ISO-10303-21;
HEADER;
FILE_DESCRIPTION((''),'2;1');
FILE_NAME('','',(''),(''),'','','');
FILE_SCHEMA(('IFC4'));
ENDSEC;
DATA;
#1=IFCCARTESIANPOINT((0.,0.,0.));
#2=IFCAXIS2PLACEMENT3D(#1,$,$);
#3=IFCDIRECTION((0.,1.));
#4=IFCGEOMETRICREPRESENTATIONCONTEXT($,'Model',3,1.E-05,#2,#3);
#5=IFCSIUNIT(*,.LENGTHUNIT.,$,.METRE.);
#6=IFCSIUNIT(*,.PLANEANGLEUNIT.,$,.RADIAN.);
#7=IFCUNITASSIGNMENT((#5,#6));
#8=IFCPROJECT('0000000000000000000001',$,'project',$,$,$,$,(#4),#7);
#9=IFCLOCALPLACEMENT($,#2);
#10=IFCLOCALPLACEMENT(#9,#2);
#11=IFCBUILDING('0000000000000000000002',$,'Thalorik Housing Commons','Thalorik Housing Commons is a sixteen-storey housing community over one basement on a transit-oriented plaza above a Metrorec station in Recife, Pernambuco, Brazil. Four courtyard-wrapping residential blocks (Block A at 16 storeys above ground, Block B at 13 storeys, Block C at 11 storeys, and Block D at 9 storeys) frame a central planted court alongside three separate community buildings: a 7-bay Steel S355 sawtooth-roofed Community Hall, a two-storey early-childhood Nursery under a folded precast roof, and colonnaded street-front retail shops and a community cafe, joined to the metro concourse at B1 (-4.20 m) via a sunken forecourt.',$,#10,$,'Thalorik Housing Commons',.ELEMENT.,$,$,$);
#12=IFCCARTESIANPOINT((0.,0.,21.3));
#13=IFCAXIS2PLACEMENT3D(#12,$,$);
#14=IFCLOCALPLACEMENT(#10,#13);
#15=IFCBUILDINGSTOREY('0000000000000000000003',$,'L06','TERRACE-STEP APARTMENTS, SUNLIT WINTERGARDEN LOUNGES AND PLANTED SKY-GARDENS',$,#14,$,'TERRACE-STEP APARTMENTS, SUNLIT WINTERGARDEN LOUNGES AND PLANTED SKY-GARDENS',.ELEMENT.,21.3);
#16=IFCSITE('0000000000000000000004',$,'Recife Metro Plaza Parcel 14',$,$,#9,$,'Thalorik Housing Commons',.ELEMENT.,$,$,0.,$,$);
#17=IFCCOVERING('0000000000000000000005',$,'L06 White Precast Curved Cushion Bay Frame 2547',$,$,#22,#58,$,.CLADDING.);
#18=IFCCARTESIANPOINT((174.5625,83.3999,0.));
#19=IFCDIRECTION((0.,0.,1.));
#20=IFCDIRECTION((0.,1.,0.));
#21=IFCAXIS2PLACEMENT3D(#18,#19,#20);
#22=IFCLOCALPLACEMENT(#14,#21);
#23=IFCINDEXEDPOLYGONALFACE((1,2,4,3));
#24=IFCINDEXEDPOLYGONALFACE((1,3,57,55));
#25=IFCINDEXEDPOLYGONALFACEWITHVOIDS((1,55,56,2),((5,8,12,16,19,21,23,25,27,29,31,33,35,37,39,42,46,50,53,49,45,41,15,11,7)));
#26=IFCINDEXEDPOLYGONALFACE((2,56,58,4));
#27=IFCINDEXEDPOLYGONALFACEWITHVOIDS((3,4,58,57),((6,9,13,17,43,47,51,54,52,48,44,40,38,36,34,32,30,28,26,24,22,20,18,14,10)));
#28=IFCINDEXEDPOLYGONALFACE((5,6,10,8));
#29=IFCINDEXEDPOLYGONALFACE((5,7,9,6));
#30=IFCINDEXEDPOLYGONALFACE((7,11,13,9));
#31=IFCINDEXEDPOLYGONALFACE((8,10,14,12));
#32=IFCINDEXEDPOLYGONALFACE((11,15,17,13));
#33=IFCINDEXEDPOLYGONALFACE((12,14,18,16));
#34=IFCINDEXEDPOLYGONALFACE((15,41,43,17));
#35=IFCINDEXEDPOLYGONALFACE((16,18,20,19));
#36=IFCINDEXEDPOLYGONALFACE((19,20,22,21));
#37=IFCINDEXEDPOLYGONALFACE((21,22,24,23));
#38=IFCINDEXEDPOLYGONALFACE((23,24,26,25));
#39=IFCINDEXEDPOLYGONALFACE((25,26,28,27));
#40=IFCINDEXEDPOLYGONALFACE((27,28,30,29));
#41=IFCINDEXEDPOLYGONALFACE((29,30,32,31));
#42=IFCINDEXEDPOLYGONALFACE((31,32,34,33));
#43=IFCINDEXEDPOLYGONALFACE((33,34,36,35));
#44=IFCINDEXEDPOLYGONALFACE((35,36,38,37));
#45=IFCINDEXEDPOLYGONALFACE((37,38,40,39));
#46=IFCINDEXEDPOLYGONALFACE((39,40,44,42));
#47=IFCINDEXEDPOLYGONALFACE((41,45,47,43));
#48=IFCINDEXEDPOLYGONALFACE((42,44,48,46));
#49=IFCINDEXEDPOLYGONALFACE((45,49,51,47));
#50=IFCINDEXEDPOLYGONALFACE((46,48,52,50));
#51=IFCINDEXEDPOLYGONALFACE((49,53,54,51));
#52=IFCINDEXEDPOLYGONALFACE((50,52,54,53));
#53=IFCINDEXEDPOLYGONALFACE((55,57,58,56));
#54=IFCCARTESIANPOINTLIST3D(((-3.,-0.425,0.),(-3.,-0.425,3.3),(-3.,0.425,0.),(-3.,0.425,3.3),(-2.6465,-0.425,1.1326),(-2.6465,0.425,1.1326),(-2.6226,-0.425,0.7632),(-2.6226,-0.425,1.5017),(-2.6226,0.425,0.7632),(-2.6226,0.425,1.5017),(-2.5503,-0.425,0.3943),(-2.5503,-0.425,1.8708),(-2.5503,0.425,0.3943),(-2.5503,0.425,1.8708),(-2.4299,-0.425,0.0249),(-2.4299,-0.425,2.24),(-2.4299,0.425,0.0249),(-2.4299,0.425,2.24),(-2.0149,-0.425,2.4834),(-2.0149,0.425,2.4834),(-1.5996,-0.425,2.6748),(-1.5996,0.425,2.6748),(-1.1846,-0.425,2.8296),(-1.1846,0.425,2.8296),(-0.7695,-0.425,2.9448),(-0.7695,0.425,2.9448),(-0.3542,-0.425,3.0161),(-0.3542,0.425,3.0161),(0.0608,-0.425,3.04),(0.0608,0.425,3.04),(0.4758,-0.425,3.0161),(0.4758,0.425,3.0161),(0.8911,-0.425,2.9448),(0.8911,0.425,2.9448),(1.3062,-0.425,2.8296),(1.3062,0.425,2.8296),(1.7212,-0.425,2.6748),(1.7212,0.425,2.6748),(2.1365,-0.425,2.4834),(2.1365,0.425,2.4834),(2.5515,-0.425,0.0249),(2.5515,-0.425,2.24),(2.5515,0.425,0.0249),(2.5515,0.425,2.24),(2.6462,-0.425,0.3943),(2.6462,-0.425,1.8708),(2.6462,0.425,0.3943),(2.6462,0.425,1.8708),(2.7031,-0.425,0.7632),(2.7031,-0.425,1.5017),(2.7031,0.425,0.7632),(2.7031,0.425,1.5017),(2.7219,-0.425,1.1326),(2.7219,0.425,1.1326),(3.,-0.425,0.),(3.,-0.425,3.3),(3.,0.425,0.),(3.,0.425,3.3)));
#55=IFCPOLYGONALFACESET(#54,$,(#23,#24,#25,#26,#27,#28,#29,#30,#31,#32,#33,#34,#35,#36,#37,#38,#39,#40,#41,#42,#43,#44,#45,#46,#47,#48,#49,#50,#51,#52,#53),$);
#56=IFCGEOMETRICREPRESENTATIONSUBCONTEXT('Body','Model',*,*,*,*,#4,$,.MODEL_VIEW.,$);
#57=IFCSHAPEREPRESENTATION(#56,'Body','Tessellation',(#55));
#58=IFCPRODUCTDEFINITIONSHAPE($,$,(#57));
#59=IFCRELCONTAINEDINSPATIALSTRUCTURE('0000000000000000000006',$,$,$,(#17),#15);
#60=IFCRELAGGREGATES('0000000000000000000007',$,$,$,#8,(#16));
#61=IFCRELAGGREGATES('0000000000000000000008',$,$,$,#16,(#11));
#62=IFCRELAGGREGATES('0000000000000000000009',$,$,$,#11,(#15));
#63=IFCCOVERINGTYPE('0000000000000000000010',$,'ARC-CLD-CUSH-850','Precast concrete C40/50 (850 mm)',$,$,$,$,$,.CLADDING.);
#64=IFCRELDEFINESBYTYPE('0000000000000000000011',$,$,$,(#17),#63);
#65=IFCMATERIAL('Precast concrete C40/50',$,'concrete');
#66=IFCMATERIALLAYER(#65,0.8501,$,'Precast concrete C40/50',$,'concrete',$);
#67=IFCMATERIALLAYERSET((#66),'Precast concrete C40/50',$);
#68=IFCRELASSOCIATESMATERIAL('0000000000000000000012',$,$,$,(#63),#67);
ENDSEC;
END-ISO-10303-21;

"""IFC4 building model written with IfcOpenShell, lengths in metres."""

from ifc_helpers import new_model, si_unit, direction, frame, origin, place, context, subcontext, project, spatial, polyline, outline, extrude, material, layer, layer_set, type_object, element, save


model = new_model("IFC4")

# Units and contexts
model_context = context("Model", 3, precision=1e-05, world=origin(), true_north=direction((0.0, 1.0)))
body_context = subcontext(model_context, "Body", "Model", "MODEL_VIEW")
ifc_project = project(units=[si_unit("LENGTHUNIT", "METRE"), si_unit("PLANEANGLEUNIT", "RADIAN")], contexts=[model_context])

# Site, building, storey
site_placement = place(None, origin())
site = spatial("IfcSite", under=ifc_project, at=site_placement, Name="Recife Metro Plaza Parcel 14", LongName="Thalorik Housing Commons", CompositionType="ELEMENT", RefElevation=0.0)
building_placement = place(site_placement, origin())
building = spatial("IfcBuilding", under=site, at=building_placement, Name="Thalorik Housing Commons", Description="Thalorik Housing Commons is a sixteen-storey housing community over one basement on a transit-oriented plaza above a Metrorec station in Recife, Pernambuco, Brazil. Four courtyard-wrapping residential blocks (Block A at 16 storeys above ground, Block B at 13 storeys, Block C at 11 storeys, and Block D at 9 storeys) frame a central planted court alongside three separate community buildings: a 7-bay Steel S355 sawtooth-roofed Community Hall, a two-storey early-childhood Nursery under a folded precast roof, and colonnaded street-front retail shops and a community cafe, joined to the metro concourse at B1 (-4.20 m) via a sunken forecourt.", LongName="Thalorik Housing Commons", CompositionType="ELEMENT")
storey_placement = place(building_placement, frame((0.0, 0.0, 21.3)))
storey = spatial("IfcBuildingStorey", under=building, at=storey_placement, Name="L06", Description="TERRACE-STEP APARTMENTS, SUNLIT WINTERGARDEN LOUNGES AND PLANTED SKY-GARDENS", LongName="TERRACE-STEP APARTMENTS, SUNLIT WINTERGARDEN LOUNGES AND PLANTED SKY-GARDENS", CompositionType="ELEMENT", Elevation=21.3)

# Shared definitions
ifc_material_1 = material(Name="Precast concrete C40/50", Category="concrete")

# Covering
ifc_layer_1 = layer(ifc_material_1, 0.8501, Name="Precast concrete C40/50", Category="concrete")
ifc_layer_set_1 = layer_set([ifc_layer_1], Name="Precast concrete C40/50")
covering_type_1 = type_object("IfcCoveringType", Name="ARC-CLD-CUSH-850", Description="Precast concrete C40/50 (850 mm)", PredefinedType="CLADDING", material=ifc_layer_set_1)
covering_1_placement = place(storey_placement, frame((174.5625, 83.3999, 0.0), z_axis=(0.0, 0.0, 1.0), x_axis=(0.0, 1.0, 0.0)))
element("IfcCovering", 1, at=covering_1_placement, inside=storey, type_object=covering_type_1, Name="L06 White Precast Curved Cushion Bay Frame 2547", PredefinedType="CLADDING", context=body_context, shape_type="SweptSolid", body=[
    extrude(outline(polyline([(-3.0, 0.0), (3.0, 0.0), (3.0, 3.3), (-3.0, 3.3), (-3.0, 0.0)]), holes=[polyline([(2.5515, 0.0249), (2.6462, 0.3943), (2.7031, 0.7632), (2.7219, 1.1326), (2.7031, 1.5017), (2.6462, 1.8708), (2.5515, 2.24), (2.1365, 2.4834), (1.7212, 2.6748), (1.3062, 2.8296), (0.8911, 2.9448), (0.4758, 3.0161), (0.0608, 3.04), (-0.3542, 3.0161), (-0.7695, 2.9448), (-1.1846, 2.8296), (-1.5996, 2.6748), (-2.0149, 2.4834), (-2.4299, 2.24), (-2.5503, 1.8708), (-2.6226, 1.5017), (-2.6465, 1.1326), (-2.6226, 0.7632), (-2.5503, 0.3943), (-2.4299, 0.0249), (2.5515, 0.0249)])]), frame((0.0, 0.425, 0.0), z_axis=(0.0, -1.0, 0.0), x_axis=(1.0, 0.0, 0.0)), (0.0, 0.0, 1.0), 0.8501),
])

save(model, "model.ifc")
